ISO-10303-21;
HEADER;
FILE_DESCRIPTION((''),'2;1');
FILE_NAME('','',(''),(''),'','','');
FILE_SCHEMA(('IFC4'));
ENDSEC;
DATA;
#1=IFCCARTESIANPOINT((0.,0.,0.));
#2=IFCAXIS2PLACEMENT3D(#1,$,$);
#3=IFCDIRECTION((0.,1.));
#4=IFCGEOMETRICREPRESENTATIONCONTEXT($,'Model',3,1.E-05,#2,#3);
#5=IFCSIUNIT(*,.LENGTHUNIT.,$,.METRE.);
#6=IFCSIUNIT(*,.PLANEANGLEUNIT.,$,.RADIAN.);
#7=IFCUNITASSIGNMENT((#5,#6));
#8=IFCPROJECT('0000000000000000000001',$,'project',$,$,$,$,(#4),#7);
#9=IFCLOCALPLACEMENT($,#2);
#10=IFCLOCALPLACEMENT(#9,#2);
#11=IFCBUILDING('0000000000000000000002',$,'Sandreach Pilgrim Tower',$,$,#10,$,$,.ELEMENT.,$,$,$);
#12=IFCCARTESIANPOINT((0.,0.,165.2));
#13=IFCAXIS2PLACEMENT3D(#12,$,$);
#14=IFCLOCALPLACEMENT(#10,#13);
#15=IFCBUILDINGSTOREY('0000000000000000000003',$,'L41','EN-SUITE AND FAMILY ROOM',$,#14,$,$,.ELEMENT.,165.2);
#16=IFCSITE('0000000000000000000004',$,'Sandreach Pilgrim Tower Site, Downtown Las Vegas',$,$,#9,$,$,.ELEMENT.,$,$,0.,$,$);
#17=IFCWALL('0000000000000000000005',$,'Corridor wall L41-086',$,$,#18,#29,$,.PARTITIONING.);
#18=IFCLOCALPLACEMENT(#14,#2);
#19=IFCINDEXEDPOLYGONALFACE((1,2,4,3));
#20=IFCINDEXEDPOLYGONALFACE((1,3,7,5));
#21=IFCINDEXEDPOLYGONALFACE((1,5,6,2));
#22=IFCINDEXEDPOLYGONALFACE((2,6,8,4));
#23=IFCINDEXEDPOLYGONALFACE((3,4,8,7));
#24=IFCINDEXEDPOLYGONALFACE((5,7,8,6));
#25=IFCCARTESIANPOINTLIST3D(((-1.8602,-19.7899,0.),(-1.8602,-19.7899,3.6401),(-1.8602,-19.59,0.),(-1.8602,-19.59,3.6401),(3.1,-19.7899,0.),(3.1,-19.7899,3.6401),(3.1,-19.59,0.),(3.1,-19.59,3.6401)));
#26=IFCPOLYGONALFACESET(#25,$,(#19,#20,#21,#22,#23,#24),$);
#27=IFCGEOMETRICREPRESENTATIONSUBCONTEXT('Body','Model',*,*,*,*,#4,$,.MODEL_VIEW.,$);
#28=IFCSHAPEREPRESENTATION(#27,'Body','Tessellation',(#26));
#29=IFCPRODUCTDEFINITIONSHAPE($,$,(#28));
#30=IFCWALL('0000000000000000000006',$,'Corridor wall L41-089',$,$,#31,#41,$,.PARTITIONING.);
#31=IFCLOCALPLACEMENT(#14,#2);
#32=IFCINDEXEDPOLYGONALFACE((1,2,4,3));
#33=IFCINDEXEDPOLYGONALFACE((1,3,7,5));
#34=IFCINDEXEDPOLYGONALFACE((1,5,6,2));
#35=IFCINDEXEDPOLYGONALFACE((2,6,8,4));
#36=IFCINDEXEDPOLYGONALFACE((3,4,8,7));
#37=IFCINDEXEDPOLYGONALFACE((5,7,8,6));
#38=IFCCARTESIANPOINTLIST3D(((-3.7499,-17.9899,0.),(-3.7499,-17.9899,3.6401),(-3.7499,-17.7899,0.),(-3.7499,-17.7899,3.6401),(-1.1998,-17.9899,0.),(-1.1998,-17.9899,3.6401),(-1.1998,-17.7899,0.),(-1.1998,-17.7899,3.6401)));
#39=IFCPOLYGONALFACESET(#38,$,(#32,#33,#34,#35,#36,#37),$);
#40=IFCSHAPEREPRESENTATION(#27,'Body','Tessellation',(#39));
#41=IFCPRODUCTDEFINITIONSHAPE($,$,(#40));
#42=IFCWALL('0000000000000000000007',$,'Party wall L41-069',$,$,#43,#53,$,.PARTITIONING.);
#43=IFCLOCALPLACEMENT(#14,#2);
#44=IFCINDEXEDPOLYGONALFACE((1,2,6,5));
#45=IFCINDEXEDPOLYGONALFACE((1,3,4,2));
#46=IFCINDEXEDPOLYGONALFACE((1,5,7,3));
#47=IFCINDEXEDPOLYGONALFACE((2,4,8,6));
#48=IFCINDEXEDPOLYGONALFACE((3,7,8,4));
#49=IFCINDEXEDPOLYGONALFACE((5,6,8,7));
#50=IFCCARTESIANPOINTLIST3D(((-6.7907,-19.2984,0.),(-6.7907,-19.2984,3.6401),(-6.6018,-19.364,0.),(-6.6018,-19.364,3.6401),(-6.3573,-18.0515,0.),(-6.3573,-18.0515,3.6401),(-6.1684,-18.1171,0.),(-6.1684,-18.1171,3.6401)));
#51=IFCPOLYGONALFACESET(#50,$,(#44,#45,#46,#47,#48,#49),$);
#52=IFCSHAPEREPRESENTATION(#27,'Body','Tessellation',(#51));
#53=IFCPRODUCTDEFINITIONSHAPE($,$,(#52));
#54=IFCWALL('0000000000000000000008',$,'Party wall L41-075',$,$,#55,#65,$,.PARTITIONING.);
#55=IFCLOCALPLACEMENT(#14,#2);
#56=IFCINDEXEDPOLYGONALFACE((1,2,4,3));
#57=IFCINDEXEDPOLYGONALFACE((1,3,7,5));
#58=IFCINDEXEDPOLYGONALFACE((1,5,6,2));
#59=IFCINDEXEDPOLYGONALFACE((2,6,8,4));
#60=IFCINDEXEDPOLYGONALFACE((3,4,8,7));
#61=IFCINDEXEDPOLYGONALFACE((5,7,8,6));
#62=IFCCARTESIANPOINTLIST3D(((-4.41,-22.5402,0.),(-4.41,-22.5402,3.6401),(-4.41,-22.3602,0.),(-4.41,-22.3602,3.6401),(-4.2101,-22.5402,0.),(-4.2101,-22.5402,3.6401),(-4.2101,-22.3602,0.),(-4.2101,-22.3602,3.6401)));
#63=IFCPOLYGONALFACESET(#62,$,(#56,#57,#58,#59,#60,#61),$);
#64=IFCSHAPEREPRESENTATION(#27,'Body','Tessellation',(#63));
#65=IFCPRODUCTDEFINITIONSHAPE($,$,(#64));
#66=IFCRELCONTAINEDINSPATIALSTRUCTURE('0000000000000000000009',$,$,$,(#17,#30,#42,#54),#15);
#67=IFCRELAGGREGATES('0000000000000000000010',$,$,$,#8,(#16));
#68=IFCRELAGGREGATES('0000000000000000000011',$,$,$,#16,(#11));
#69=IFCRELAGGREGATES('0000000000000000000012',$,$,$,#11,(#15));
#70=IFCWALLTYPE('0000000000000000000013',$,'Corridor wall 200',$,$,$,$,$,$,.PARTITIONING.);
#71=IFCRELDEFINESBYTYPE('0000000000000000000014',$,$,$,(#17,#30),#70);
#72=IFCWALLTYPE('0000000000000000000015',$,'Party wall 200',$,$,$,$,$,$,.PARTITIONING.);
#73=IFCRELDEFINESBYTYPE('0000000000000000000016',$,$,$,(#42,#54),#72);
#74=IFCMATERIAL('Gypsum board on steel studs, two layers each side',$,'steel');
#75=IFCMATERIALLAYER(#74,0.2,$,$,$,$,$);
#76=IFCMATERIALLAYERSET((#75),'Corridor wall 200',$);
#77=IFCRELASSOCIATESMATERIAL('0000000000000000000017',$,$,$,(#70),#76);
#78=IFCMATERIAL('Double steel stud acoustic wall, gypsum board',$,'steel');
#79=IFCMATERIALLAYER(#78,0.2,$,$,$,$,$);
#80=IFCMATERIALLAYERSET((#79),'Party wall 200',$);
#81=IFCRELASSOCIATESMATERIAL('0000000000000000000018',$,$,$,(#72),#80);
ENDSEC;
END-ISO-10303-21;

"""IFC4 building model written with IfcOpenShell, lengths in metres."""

from ifc_helpers import new_model, si_unit, direction, frame, frame_2d, origin, place, context, subcontext, project, spatial, rectangle, extrude, material, layer, layer_set, type_object, element, save


model = new_model("IFC4")

# Units and contexts
model_context = context("Model", 3, precision=1e-05, world=origin(), true_north=direction((0.0, 1.0)))
body_context = subcontext(model_context, "Body", "Model", "MODEL_VIEW")
ifc_project = project(units=[si_unit("LENGTHUNIT", "METRE"), si_unit("PLANEANGLEUNIT", "RADIAN")], contexts=[model_context])

# Site, building, storey
site_placement = place(None, origin())
site = spatial("IfcSite", under=ifc_project, at=site_placement, Name="Sandreach Pilgrim Tower Site, Downtown Las Vegas", CompositionType="ELEMENT", RefElevation=0.0)
building_placement = place(site_placement, origin())
building = spatial("IfcBuilding", under=site, at=building_placement, Name="Sandreach Pilgrim Tower", CompositionType="ELEMENT")
storey_placement = place(building_placement, frame((0.0, 0.0, 165.2)))
storey = spatial("IfcBuildingStorey", under=building, at=storey_placement, Name="L41", Description="EN-SUITE AND FAMILY ROOM", CompositionType="ELEMENT", Elevation=165.2)

# Shared definitions
ifc_material_1 = material(Name="Gypsum board on steel studs, two layers each side", Category="steel")
ifc_layer_1 = layer(ifc_material_1, 0.2)
ifc_layer_set_1 = layer_set([ifc_layer_1], Name="Corridor wall 200")
wall_type_1 = type_object("IfcWallType", Name="Corridor wall 200", PredefinedType="PARTITIONING", material=ifc_layer_set_1)

# Walls
wall_1_placement = place(storey_placement, frame((-1.8601, -19.6899, 0.0), z_axis=(0.0, 0.0, 1.0), x_axis=(1.0, 0.0, 0.0)))
element("IfcWall", 1, at=wall_1_placement, inside=storey, type_object=wall_type_1, Name="Corridor wall L41-086", PredefinedType="PARTITIONING", context=body_context, shape_type="SweptSolid", body=[
    extrude(rectangle(XDim=4.9602, YDim=0.2, at=frame_2d((2.48, 0.0))), origin(), (0.0, 0.0, 1.0), 3.6401),
])
wall_2_placement = place(storey_placement, frame((-1.2, -17.8899, 0.0), z_axis=(0.0, 0.0, 1.0), x_axis=(-1.0, 0.0, 0.0)))
element("IfcWall", 2, at=wall_2_placement, inside=storey, type_object=wall_type_1, Name="Corridor wall L41-089", PredefinedType="PARTITIONING", context=body_context, shape_type="SweptSolid", body=[
    extrude(rectangle(XDim=2.55, YDim=0.2, at=frame_2d((1.2749, 0.0))), origin(), (0.0, 0.0, 1.0), 3.6401),
])
ifc_material_2 = material(Name="Double steel stud acoustic wall, gypsum board", Category="steel")
ifc_layer_2 = layer(ifc_material_2, 0.2)
ifc_layer_set_2 = layer_set([ifc_layer_2], Name="Party wall 200")
wall_type_2 = type_object("IfcWallType", Name="Party wall 200", PredefinedType="PARTITIONING", material=ifc_layer_set_2)
wall_3_placement = place(storey_placement, frame((-6.6963, -19.3313, 0.0), z_axis=(0.0, 0.0, 1.0), x_axis=(0.328298, 0.944574, 0.0)))
element("IfcWall", 3, at=wall_3_placement, inside=storey, type_object=wall_type_2, Name="Party wall L41-069", PredefinedType="PARTITIONING", context=body_context, shape_type="SweptSolid", body=[
    extrude(rectangle(XDim=1.3201, YDim=0.2, at=frame_2d((0.6602, 0.0))), origin(), (0.0, 0.0, 1.0), 3.6401),
])
wall_4_placement = place(storey_placement, frame((-4.3101, -22.54, 0.0), z_axis=(0.0, 0.0, 1.0), x_axis=(0.0, 1.0, 0.0)))
element("IfcWall", 4, at=wall_4_placement, inside=storey, type_object=wall_type_2, Name="Party wall L41-075", PredefinedType="PARTITIONING", context=body_context, shape_type="SweptSolid", body=[
    extrude(rectangle(XDim=0.1799, YDim=0.2, at=frame_2d((0.0898, 0.0))), origin(), (0.0, 0.0, 1.0), 3.6401),
])

save(model, "model.ifc")
